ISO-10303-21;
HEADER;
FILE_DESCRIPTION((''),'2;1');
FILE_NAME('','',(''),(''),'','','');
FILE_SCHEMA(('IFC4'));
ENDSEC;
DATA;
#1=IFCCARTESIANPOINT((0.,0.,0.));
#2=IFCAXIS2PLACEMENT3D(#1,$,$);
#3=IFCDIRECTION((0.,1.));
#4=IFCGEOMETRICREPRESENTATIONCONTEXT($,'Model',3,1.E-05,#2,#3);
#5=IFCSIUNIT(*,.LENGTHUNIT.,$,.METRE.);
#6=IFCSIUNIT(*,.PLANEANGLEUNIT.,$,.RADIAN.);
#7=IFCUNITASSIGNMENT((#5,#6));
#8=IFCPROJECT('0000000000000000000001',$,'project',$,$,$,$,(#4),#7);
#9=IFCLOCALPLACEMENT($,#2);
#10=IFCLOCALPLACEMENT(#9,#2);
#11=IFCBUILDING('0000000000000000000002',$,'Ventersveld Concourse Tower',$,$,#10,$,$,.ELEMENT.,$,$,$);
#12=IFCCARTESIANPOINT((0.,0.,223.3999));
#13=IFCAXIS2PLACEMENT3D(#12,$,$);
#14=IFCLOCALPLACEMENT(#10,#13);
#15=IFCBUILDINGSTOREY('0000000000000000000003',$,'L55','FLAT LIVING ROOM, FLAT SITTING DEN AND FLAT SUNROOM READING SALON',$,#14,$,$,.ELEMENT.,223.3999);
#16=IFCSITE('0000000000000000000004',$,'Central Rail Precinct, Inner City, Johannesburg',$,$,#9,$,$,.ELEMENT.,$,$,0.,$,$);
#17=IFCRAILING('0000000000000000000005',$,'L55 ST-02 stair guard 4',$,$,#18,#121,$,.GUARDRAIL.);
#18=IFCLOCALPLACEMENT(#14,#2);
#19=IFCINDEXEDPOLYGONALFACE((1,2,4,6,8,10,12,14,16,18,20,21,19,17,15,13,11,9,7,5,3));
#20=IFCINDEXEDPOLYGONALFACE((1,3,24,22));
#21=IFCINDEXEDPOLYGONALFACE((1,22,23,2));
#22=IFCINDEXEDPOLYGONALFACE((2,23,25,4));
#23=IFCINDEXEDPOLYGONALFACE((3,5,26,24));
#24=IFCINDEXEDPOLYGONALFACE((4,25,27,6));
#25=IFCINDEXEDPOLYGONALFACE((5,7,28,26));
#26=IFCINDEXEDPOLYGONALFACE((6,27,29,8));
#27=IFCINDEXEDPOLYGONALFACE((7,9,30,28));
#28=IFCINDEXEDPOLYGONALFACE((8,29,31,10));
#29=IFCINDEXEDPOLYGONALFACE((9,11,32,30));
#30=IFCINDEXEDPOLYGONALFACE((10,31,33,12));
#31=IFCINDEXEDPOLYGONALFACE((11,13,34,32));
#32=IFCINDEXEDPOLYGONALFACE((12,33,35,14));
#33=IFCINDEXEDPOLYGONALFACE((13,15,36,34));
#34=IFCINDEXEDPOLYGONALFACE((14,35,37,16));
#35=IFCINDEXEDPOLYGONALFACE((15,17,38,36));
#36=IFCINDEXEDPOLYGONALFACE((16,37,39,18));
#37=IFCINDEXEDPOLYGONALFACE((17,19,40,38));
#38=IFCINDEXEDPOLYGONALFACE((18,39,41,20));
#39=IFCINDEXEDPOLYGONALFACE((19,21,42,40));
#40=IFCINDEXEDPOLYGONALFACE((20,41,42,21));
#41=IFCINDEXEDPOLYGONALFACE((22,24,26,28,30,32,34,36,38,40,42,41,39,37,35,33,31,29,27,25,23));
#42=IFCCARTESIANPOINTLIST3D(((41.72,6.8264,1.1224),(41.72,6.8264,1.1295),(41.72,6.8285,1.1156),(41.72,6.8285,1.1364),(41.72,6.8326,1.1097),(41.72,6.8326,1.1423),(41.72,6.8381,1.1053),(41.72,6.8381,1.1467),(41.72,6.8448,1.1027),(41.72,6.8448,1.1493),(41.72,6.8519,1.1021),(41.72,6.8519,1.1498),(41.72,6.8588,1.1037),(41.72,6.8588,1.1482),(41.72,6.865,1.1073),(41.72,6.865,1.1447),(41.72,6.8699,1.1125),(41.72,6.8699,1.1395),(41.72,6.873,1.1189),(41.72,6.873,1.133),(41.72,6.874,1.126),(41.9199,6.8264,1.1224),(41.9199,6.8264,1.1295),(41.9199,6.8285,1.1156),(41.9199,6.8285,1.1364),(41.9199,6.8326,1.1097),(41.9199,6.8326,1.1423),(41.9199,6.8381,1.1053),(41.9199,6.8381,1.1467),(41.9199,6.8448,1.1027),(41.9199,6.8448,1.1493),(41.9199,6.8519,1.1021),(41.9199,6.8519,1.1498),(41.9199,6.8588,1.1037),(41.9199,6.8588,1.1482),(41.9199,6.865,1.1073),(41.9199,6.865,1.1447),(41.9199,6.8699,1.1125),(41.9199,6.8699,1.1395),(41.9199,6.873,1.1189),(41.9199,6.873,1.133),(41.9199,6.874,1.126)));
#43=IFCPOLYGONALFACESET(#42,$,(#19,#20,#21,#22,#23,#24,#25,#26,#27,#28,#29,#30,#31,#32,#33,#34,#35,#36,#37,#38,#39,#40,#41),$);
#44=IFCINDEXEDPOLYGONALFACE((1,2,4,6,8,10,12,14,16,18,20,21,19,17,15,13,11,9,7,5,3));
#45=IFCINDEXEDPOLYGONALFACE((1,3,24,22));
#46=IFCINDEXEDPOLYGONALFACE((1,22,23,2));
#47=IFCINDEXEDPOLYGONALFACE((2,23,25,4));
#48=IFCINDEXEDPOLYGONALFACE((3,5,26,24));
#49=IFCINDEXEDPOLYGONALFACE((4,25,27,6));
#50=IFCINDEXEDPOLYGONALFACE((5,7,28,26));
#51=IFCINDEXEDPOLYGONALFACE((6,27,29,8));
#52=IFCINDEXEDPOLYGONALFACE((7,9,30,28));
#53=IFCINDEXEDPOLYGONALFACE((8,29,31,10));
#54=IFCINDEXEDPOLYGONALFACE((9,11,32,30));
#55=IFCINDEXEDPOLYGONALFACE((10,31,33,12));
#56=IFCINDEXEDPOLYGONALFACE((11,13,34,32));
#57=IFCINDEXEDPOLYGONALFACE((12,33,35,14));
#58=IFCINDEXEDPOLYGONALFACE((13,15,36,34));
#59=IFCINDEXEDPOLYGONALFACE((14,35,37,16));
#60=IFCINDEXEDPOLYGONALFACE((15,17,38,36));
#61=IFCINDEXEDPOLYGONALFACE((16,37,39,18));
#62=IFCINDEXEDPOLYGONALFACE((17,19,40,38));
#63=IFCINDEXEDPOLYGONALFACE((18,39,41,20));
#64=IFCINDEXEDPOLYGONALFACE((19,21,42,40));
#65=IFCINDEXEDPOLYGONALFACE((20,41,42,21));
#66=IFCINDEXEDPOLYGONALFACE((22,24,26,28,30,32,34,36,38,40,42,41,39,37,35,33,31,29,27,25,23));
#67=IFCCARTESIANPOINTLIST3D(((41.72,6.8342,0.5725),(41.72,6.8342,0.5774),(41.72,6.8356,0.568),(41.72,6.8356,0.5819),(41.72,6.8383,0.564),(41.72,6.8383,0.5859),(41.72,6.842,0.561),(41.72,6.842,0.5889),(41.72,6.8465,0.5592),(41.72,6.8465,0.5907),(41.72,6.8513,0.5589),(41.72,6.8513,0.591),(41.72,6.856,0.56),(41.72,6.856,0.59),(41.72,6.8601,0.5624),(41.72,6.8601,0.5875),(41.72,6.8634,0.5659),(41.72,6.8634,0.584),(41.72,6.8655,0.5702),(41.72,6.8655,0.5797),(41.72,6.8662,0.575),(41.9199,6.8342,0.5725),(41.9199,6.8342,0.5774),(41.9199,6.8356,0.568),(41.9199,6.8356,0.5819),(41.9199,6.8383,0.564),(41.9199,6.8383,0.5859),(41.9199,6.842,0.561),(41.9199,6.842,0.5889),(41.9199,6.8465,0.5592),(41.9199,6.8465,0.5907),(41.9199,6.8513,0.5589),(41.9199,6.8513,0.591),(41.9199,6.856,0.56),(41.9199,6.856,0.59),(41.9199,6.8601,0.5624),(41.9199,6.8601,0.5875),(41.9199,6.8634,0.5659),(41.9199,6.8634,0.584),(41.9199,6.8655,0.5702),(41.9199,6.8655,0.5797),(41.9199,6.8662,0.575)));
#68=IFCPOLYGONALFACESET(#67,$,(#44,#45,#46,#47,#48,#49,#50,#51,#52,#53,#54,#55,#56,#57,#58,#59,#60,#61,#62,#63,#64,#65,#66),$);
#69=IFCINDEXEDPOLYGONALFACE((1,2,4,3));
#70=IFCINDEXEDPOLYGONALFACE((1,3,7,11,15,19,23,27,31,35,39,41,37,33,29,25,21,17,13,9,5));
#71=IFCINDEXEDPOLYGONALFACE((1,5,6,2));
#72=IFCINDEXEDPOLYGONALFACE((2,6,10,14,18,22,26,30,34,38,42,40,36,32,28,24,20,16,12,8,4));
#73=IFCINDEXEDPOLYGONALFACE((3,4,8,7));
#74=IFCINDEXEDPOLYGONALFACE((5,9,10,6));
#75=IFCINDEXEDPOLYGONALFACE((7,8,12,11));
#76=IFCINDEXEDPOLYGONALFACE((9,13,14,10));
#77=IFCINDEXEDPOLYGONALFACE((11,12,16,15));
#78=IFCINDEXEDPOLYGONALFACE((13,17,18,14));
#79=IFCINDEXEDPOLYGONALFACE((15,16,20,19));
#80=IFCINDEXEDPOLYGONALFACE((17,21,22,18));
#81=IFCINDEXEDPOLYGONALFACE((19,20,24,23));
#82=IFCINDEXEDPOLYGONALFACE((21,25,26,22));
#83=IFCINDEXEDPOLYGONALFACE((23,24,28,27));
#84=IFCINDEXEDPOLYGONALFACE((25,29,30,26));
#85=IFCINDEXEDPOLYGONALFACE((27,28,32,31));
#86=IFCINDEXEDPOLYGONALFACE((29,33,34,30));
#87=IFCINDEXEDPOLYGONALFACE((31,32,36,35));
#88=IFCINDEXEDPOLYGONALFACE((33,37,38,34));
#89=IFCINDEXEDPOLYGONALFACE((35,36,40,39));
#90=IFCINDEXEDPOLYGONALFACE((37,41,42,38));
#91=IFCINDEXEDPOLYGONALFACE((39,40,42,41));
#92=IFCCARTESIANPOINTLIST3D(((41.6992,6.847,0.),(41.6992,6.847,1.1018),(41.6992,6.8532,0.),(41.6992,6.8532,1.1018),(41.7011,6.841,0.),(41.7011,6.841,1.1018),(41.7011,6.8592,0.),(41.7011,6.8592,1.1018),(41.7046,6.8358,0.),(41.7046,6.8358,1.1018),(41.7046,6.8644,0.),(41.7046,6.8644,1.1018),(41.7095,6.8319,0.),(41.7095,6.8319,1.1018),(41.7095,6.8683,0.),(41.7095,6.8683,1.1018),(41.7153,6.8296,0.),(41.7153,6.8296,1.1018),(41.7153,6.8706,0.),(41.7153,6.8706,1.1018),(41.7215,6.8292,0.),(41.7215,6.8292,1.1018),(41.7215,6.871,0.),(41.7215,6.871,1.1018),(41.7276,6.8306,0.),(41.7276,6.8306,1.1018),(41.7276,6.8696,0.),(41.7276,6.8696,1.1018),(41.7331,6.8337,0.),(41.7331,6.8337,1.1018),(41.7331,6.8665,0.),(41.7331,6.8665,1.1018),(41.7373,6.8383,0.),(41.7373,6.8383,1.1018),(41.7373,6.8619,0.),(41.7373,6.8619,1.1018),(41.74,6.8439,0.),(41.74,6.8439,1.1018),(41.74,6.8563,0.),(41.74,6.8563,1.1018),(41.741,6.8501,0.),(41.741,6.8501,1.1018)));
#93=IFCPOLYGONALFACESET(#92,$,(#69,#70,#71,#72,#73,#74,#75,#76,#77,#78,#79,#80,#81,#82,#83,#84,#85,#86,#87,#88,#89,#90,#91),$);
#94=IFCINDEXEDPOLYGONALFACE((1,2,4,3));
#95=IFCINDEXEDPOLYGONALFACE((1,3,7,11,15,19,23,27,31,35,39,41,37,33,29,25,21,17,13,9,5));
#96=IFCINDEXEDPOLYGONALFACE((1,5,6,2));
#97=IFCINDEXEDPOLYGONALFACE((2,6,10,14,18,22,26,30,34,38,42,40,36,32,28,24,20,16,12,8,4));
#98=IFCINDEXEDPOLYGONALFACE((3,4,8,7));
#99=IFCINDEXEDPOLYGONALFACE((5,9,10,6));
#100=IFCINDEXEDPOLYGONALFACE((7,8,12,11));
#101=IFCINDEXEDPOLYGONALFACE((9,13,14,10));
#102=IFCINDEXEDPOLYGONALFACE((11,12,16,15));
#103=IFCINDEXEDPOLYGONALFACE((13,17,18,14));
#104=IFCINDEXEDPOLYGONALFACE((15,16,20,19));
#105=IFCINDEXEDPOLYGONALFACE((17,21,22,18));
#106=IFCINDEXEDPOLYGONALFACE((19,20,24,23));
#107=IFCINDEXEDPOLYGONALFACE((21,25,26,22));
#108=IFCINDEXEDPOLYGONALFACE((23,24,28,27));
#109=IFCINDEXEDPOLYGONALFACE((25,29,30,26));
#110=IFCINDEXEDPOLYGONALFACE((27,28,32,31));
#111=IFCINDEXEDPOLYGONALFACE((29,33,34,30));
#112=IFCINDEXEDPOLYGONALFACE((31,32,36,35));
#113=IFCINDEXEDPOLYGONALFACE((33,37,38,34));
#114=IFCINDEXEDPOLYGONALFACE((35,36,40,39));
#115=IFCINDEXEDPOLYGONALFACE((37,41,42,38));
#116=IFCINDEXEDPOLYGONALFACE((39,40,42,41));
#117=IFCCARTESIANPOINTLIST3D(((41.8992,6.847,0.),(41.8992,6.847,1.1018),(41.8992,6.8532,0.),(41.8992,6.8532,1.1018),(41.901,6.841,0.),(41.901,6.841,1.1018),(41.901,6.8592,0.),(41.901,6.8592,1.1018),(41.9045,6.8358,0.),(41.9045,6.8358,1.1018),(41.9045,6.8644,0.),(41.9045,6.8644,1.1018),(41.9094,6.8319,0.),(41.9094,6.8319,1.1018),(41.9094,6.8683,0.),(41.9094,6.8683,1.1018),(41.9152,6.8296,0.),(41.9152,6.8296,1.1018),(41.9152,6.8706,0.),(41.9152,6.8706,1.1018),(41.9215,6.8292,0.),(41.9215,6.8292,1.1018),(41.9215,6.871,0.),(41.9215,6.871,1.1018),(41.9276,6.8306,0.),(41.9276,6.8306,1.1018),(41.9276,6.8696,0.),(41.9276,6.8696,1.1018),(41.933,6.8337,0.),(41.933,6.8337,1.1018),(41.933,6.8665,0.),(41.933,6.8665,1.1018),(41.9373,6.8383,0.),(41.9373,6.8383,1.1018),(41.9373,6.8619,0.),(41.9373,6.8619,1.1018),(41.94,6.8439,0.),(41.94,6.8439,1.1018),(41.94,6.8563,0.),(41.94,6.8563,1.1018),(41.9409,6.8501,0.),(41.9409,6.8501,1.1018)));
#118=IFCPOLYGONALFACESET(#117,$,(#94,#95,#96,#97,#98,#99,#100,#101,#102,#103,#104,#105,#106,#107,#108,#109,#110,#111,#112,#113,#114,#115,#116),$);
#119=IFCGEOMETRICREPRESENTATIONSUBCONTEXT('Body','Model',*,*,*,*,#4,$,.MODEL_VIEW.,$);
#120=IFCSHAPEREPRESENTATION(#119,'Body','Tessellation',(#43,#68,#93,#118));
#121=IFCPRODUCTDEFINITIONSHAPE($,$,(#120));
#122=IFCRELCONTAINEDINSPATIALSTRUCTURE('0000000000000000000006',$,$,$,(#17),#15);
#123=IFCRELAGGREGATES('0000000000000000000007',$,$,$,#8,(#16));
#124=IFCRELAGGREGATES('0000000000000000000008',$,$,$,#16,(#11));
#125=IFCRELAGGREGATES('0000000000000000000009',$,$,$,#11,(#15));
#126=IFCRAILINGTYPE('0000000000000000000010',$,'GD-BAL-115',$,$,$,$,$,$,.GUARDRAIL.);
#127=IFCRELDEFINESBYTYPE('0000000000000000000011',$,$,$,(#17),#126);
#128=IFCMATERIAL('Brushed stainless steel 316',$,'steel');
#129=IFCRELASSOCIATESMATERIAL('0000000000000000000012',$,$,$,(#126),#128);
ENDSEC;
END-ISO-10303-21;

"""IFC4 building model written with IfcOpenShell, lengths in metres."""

from ifc_helpers import new_model, si_unit, direction, frame, origin, origin_2d, place, context, subcontext, project, spatial, circle, extrude, material, type_object, element, save


model = new_model("IFC4")

# Units and contexts
model_context = context("Model", 3, precision=1e-05, world=origin(), true_north=direction((0.0, 1.0)))
body_context = subcontext(model_context, "Body", "Model", "MODEL_VIEW")
ifc_project = project(units=[si_unit("LENGTHUNIT", "METRE"), si_unit("PLANEANGLEUNIT", "RADIAN")], contexts=[model_context])

# Site, building, storey
site_placement = place(None, origin())
site = spatial("IfcSite", under=ifc_project, at=site_placement, Name="Central Rail Precinct, Inner City, Johannesburg", CompositionType="ELEMENT", RefElevation=0.0)
building_placement = place(site_placement, origin())
building = spatial("IfcBuilding", under=site, at=building_placement, Name="Ventersveld Concourse Tower", CompositionType="ELEMENT")
storey_placement = place(building_placement, frame((0.0, 0.0, 223.3999)))
storey = spatial("IfcBuildingStorey", under=building, at=storey_placement, Name="L55", Description="FLAT LIVING ROOM, FLAT SITTING DEN AND FLAT SUNROOM READING SALON", CompositionType="ELEMENT", Elevation=223.3999)

# Shared definitions
ifc_material_1 = material(Name="Brushed stainless steel 316", Category="steel")

# Railing
railing_type_1 = type_object("IfcRailingType", Name="GD-BAL-115", PredefinedType="GUARDRAIL", material=ifc_material_1)
for number, where, name in (
    (1, (41.72, 6.8501, 0.0), "L55 ST-02 stair guard 4"),
):
    element("IfcRailing", number, at=place(storey_placement, frame(where)), inside=storey, type_object=railing_type_1, Name=name, PredefinedType="GUARDRAIL", context=body_context, shape_type="SweptSolid", body=[
        extrude(circle(Radius=0.0239, at=origin_2d()), frame((0.0, 0.0, 1.126), z_axis=(1.0, 0.0, 0.0), x_axis=(0.0, 1.0, 0.0)), (0.0, 0.0, 1.0), 0.2),
        extrude(circle(Radius=0.0161, at=origin_2d()), frame((0.0, 0.0, 0.575), z_axis=(1.0, 0.0, 0.0), x_axis=(0.0, 1.0, 0.0)), (0.0, 0.0, 1.0), 0.2),
        extrude(circle(Radius=0.021, at=origin_2d()), origin(), (0.0, 0.0, 1.0), 1.1018),
        extrude(circle(Radius=0.021, at=origin_2d()), frame((0.2, 0.0, 0.0)), (0.0, 0.0, 1.0), 1.1018),
    ])

save(model, "model.ifc")
